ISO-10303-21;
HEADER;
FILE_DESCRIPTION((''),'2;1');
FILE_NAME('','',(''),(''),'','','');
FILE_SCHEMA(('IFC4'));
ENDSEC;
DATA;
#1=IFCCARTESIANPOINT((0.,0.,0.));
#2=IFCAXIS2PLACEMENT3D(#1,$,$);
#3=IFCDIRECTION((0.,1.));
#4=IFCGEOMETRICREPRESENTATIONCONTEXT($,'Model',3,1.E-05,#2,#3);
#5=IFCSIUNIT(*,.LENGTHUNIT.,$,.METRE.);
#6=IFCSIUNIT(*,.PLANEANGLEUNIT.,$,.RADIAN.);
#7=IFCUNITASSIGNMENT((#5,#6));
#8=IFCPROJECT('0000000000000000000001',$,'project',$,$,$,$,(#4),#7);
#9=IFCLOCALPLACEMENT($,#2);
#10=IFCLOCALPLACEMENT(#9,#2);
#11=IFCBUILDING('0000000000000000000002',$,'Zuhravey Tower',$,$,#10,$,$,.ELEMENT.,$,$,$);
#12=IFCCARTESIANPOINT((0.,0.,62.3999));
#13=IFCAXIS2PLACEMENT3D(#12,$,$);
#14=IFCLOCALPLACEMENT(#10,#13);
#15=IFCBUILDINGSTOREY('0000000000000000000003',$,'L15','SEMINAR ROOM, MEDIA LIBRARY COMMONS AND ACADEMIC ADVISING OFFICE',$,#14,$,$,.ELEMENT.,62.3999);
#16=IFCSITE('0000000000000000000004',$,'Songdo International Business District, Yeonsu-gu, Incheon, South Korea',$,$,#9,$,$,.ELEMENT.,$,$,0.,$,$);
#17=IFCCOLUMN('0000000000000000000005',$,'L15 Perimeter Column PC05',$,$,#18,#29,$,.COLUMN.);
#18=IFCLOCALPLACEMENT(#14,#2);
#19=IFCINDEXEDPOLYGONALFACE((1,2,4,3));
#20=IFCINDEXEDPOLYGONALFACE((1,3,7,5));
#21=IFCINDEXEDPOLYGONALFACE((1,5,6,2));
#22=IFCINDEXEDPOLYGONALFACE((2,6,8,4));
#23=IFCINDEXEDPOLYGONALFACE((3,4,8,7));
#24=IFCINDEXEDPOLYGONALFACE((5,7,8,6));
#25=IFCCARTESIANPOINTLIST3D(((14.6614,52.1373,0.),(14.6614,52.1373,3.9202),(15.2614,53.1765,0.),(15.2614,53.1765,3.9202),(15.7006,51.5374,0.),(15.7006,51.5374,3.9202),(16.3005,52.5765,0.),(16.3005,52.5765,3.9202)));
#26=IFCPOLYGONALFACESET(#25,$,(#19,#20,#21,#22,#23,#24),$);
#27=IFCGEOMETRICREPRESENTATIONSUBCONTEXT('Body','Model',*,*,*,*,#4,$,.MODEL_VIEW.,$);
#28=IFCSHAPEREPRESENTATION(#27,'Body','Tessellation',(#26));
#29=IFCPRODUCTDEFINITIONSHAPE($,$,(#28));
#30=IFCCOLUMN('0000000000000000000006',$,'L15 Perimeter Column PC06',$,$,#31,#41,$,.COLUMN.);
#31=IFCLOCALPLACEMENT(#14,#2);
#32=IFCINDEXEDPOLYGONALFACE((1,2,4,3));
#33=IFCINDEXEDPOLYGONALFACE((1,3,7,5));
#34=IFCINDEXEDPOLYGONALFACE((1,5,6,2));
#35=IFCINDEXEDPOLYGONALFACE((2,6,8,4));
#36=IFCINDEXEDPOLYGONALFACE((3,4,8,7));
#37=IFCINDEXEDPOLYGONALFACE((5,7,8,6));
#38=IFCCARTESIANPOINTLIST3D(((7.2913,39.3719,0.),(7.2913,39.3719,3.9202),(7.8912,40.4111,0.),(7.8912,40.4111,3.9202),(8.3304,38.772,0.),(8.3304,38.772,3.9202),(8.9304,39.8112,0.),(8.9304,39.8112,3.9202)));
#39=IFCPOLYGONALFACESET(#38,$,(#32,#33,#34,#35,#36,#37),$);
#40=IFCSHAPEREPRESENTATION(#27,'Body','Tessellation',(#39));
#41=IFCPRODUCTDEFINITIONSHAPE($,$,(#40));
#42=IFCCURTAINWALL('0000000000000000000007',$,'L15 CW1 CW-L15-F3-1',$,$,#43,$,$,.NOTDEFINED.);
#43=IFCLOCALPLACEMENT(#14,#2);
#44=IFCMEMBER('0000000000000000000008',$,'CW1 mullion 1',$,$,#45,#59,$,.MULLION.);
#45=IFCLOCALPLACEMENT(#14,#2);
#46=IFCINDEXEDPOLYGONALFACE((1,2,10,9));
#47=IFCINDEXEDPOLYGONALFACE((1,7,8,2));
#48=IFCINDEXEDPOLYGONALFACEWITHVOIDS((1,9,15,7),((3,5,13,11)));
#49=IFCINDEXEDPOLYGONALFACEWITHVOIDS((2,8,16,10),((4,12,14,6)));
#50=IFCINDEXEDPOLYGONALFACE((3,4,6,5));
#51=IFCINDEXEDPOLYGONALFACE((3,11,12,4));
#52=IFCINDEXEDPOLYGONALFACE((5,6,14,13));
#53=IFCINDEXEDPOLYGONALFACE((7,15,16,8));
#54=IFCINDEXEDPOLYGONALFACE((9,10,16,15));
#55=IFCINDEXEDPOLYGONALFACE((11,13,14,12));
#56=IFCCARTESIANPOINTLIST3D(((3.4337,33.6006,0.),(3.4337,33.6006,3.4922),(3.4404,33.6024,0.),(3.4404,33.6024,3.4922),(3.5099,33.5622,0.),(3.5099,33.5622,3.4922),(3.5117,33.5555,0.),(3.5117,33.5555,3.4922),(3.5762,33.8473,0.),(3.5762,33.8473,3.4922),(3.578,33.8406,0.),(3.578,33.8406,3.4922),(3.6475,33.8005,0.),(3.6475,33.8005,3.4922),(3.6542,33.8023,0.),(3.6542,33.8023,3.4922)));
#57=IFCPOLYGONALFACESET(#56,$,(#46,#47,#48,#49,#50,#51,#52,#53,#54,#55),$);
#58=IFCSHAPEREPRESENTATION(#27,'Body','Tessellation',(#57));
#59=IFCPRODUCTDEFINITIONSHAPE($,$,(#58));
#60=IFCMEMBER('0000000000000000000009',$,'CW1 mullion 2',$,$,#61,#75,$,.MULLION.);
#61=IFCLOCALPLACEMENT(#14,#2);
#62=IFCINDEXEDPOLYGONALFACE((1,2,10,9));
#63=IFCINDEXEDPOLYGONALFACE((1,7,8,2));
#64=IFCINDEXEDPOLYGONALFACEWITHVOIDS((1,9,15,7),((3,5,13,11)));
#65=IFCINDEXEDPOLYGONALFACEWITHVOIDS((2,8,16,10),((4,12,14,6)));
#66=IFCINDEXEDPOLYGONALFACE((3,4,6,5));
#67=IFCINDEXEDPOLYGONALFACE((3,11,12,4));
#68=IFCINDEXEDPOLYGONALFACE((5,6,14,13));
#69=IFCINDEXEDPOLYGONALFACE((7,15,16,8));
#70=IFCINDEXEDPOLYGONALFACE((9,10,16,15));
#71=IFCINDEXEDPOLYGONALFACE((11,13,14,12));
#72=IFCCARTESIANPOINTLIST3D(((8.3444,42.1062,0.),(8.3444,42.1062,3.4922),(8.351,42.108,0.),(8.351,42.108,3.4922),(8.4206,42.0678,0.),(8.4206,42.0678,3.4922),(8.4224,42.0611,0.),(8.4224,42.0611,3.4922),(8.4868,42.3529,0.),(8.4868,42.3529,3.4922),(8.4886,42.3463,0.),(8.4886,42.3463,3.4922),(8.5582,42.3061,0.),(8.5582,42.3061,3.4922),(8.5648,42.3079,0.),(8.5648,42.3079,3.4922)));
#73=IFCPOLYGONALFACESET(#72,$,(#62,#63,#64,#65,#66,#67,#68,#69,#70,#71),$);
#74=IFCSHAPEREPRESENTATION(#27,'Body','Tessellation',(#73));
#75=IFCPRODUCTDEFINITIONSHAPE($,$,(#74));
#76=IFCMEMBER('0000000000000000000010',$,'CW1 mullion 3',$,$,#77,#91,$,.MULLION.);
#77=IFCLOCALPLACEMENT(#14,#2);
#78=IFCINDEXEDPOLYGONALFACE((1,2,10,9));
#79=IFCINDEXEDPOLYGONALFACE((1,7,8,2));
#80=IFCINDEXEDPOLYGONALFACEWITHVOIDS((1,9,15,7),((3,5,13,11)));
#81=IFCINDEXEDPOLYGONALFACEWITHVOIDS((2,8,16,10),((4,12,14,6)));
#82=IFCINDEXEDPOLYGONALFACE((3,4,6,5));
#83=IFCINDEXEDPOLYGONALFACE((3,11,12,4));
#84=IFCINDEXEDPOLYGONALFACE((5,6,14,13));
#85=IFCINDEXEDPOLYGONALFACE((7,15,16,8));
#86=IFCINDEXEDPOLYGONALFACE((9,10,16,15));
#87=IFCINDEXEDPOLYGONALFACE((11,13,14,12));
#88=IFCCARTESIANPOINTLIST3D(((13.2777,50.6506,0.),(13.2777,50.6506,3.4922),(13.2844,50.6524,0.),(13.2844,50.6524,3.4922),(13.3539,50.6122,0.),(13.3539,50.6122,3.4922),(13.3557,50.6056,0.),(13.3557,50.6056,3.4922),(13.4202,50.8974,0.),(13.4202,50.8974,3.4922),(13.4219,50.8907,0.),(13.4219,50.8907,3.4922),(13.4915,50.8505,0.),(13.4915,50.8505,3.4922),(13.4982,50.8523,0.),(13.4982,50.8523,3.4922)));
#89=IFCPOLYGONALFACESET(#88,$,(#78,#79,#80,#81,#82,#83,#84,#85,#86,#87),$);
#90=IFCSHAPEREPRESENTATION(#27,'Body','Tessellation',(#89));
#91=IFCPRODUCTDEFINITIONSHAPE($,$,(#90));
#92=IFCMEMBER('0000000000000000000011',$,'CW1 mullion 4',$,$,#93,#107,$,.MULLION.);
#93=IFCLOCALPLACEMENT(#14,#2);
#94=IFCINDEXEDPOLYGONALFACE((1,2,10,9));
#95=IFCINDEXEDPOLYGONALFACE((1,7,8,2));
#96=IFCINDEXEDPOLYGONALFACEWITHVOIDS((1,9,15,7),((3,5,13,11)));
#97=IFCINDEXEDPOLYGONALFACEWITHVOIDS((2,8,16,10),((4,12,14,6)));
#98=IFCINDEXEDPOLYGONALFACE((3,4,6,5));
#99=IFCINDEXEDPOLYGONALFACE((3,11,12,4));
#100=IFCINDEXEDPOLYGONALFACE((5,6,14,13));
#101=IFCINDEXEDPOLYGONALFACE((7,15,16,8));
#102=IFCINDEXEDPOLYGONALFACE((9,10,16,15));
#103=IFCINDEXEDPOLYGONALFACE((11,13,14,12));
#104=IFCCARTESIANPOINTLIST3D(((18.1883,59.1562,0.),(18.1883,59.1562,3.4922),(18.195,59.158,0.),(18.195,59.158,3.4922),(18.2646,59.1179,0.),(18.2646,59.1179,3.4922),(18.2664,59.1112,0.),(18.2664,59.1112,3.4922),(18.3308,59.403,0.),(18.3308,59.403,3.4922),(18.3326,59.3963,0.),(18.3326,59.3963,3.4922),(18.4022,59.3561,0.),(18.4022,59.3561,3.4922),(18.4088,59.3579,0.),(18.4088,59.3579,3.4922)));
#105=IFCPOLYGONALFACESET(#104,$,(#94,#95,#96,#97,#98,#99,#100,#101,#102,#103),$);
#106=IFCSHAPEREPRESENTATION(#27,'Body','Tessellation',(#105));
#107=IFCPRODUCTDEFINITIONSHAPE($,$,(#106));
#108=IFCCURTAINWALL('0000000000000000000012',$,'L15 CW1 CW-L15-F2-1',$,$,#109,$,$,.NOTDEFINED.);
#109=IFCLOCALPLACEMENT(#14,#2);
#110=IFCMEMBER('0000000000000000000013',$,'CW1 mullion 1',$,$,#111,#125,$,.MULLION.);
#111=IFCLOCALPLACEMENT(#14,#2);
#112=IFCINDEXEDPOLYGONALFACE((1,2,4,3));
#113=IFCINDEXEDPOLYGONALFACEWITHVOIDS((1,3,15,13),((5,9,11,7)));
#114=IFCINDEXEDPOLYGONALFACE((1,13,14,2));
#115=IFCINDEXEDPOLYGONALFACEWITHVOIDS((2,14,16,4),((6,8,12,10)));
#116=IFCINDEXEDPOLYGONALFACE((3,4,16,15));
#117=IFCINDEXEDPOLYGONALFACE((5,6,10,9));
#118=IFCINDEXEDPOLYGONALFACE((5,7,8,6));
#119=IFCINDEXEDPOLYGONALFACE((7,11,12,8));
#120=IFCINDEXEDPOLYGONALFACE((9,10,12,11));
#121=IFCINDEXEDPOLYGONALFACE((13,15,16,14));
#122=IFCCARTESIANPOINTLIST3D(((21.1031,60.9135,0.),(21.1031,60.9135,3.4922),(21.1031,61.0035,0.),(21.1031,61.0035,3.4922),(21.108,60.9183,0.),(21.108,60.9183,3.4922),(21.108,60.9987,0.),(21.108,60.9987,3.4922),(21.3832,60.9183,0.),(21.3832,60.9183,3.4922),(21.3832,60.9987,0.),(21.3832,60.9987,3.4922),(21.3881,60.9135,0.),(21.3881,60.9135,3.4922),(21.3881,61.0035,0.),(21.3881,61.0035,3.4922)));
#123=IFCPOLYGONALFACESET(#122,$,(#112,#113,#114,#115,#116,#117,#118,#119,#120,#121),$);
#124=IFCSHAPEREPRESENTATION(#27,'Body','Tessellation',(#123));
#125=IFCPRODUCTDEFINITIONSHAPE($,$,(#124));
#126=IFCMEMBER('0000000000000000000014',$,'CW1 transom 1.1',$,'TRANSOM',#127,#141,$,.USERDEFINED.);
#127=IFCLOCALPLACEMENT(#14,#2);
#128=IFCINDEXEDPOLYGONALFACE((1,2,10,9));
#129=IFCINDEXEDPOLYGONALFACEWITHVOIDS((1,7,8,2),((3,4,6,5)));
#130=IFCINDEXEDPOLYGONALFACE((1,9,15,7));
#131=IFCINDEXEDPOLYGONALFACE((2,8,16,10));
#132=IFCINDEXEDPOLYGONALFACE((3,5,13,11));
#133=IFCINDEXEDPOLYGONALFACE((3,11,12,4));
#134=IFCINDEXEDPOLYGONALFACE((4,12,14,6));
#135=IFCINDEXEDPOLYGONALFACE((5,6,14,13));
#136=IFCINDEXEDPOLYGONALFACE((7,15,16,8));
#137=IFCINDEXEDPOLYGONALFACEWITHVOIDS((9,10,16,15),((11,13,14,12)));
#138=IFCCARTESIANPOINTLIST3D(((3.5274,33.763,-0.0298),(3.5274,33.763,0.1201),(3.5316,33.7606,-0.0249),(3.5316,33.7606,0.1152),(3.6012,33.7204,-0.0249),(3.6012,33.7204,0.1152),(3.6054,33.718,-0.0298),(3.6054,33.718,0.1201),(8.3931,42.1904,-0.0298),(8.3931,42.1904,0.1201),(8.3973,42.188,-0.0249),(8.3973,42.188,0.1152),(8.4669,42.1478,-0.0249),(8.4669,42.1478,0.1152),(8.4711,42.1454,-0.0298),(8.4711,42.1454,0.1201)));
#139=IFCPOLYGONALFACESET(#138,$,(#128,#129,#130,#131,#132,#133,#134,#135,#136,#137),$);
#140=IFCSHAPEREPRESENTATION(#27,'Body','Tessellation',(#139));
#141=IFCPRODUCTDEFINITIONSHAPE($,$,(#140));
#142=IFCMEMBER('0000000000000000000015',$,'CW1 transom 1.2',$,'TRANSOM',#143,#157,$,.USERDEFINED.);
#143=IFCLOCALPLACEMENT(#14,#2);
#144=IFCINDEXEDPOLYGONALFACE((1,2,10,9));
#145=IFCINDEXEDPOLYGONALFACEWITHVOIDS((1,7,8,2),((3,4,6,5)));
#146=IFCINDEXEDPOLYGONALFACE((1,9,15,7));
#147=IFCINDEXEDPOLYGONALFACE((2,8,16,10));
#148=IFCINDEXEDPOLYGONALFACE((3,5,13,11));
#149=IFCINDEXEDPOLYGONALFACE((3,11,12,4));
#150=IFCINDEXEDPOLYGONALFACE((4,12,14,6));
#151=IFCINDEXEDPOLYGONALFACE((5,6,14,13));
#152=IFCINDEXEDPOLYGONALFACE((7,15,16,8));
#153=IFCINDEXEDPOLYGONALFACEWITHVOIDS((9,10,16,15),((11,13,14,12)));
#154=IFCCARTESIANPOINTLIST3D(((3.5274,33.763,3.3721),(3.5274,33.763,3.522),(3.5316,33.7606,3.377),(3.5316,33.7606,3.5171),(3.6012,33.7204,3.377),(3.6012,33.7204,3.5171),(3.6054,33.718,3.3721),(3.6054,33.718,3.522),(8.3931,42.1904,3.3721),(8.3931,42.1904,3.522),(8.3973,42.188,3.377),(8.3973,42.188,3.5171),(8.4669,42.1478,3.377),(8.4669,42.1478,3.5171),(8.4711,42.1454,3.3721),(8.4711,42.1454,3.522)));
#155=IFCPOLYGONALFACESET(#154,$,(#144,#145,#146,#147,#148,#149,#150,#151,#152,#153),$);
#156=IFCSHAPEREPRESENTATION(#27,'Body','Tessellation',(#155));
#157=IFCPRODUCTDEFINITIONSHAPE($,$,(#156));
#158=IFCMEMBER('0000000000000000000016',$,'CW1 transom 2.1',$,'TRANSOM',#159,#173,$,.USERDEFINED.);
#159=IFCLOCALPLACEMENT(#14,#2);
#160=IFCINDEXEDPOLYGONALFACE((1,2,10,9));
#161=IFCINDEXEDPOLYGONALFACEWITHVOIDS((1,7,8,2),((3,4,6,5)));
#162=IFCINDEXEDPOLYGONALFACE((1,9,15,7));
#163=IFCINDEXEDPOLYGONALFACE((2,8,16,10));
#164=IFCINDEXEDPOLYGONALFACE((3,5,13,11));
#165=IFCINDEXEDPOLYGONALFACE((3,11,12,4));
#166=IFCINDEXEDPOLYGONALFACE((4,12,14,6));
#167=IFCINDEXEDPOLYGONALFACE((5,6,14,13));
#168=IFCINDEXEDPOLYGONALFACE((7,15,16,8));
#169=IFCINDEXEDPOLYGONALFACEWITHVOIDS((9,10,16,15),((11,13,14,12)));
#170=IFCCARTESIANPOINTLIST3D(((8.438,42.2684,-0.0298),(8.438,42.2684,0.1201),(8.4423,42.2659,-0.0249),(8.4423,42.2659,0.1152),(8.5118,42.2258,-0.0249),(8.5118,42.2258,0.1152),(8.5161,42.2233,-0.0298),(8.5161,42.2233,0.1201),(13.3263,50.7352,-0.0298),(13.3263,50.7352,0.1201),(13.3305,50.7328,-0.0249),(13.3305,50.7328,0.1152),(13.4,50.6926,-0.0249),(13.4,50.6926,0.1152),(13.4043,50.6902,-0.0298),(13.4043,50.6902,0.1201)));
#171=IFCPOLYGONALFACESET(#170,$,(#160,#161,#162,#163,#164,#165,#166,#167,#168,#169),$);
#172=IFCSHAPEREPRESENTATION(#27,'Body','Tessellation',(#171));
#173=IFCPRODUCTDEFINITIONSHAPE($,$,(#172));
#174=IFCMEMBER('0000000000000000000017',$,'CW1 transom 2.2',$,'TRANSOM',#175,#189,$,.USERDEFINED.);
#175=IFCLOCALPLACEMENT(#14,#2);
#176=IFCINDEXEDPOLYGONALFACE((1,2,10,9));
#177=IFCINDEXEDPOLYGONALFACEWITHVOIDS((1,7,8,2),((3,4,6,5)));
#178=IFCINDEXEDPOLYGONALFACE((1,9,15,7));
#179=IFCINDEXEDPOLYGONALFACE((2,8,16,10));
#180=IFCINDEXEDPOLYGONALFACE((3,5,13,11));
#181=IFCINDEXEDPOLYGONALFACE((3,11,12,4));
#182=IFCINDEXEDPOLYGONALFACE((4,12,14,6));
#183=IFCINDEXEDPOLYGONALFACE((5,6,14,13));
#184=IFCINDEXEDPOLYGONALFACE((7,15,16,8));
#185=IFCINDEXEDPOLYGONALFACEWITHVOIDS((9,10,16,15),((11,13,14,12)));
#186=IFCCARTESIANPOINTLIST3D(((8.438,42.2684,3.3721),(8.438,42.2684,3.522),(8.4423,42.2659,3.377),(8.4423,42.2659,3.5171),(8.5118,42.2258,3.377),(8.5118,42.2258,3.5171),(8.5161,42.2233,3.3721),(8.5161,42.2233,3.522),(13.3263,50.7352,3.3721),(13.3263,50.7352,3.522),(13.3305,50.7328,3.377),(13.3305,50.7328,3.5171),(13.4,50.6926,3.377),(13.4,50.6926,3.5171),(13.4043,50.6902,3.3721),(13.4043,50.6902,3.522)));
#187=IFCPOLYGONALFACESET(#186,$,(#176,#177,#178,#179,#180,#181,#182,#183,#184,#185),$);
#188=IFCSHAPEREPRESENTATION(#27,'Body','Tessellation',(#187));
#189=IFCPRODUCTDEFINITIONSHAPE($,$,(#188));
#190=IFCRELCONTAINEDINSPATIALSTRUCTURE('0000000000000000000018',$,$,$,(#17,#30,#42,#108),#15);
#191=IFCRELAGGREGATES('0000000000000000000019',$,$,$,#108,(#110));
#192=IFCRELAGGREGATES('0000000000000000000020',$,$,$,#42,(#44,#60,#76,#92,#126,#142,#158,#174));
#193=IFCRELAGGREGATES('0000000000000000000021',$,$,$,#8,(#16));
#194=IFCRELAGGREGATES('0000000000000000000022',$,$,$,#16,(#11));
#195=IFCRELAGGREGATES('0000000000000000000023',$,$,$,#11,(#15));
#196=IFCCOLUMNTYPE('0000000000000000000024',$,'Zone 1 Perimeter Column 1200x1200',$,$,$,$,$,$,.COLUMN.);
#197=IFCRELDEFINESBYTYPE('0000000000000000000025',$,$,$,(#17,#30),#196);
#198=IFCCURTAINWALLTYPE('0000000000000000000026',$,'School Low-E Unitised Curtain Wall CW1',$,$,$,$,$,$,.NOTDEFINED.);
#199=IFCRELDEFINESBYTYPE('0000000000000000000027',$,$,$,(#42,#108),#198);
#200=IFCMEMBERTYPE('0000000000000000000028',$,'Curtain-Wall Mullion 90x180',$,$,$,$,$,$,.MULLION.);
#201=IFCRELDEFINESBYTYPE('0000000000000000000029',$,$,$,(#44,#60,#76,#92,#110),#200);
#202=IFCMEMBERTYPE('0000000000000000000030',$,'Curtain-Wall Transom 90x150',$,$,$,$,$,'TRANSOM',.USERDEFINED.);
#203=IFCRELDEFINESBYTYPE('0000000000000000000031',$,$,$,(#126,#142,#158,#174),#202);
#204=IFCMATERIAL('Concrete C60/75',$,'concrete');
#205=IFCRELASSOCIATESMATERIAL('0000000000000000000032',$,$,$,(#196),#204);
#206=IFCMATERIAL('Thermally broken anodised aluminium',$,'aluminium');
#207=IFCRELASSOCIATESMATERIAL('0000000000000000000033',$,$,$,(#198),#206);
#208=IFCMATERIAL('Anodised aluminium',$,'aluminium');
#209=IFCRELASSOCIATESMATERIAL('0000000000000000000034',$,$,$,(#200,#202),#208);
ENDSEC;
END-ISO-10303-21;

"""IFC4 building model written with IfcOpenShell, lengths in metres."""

from ifc_helpers import new_model, si_unit, direction, frame, origin, origin_2d, place, context, subcontext, project, spatial, rectangle, hollow_rectangle, extrude, material, material_profile, profile_set, type_object, element, aggregate, save


model = new_model("IFC4")

# Units and contexts
model_context = context("Model", 3, precision=1e-05, world=origin(), true_north=direction((0.0, 1.0)))
body_context = subcontext(model_context, "Body", "Model", "MODEL_VIEW")
ifc_project = project(units=[si_unit("LENGTHUNIT", "METRE"), si_unit("PLANEANGLEUNIT", "RADIAN")], contexts=[model_context])

# Site, building, storey
site_placement = place(None, origin())
site = spatial("IfcSite", under=ifc_project, at=site_placement, Name="Songdo International Business District, Yeonsu-gu, Incheon, South Korea", CompositionType="ELEMENT", RefElevation=0.0)
building_placement = place(site_placement, origin())
building = spatial("IfcBuilding", under=site, at=building_placement, Name="Zuhravey Tower", CompositionType="ELEMENT")
storey_placement = place(building_placement, frame((0.0, 0.0, 62.3999)))
storey = spatial("IfcBuildingStorey", under=building, at=storey_placement, Name="L15", Description="SEMINAR ROOM, MEDIA LIBRARY COMMONS AND ACADEMIC ADVISING OFFICE", CompositionType="ELEMENT", Elevation=62.3999)

# Columns
ifc_material_1 = material(Name="Concrete C60/75", Category="concrete")
ifc_material_profile_1 = material_profile(ifc_material_1, rectangle(XDim=1.2, YDim=1.2, at=origin_2d()), Name="RC-1200x1200")
ifc_profile_set_1 = profile_set([ifc_material_profile_1], Name="Concrete C60/75")
column_type = type_object("IfcColumnType", Name="Zone 1 Perimeter Column 1200x1200", PredefinedType="COLUMN", material=ifc_profile_set_1)
for number, where, z_axis, x_axis, name in (
    (1, (15.481, 52.3569, 0.0), (0.0, 0.0, 1.0), (-0.5, -0.866025, 0.0), "L15 Perimeter Column PC05"),
    (2, (8.1108, 39.5916, 0.0), (0.0, 0.0, 1.0), (-0.5, -0.866025, 0.0), "L15 Perimeter Column PC06"),
):
    element("IfcColumn", number, at=place(storey_placement, frame(where, z_axis=z_axis, x_axis=x_axis)), inside=storey, type_object=column_type, Name=name, PredefinedType="COLUMN", context=body_context, shape_type="SweptSolid", body=[
        extrude(rectangle(XDim=1.2, YDim=1.2, at=origin_2d()), origin(), (0.0, 0.0, 1.0), 3.9202),
    ])

# Curtain wall, members
ifc_material_2 = material(Name="Thermally broken anodised aluminium", Category="aluminium")
curtain_wall_type = type_object("IfcCurtainWallType", Name="School Low-E Unitised Curtain Wall CW1", PredefinedType="NOTDEFINED", material=ifc_material_2)
curtain_wall_1_placement = place(storey_placement, origin())
curtain_wall_1 = element("IfcCurtainWall", 3, at=curtain_wall_1_placement, inside=storey, type_object=curtain_wall_type, Name="L15 CW1 CW-L15-F3-1", PredefinedType="NOTDEFINED")
ifc_material_3 = material(Name="Anodised aluminium", Category="aluminium")
ifc_material_profile_2 = material_profile(ifc_material_3, hollow_rectangle(XDim=0.0901, YDim=0.2849, WallThickness=0.0049, at=origin_2d()), Name="ALU-RHS-90x285x5")
ifc_profile_set_2 = profile_set([ifc_material_profile_2], Name="Anodised aluminium")
member_type_1 = type_object("IfcMemberType", Name="Curtain-Wall Mullion 90x180", PredefinedType="MULLION", material=ifc_profile_set_2)
member_1_placement = place(storey_placement, frame((3.5439, 33.7014, 0.0), z_axis=(0.0, 0.0, 1.0), x_axis=(-0.866026, 0.5, 0.0)))
member_1 = element("IfcMember", 4, at=member_1_placement, type_object=member_type_1, Name="CW1 mullion 1", PredefinedType="MULLION", context=body_context, shape_type="SweptSolid", body=[
    extrude(hollow_rectangle(XDim=0.0901, YDim=0.2849, WallThickness=0.0049, at=origin_2d()), origin(), (0.0, 0.0, 1.0), 3.4922),
])
member_2_placement = place(storey_placement, frame((8.4546, 42.207, 0.0), z_axis=(0.0, 0.0, 1.0), x_axis=(-0.866026, 0.5, 0.0)))
member_2 = element("IfcMember", 5, at=member_2_placement, type_object=member_type_1, Name="CW1 mullion 2", PredefinedType="MULLION", context=body_context, shape_type="SweptSolid", body=[
    extrude(hollow_rectangle(XDim=0.0901, YDim=0.2849, WallThickness=0.0049, at=origin_2d()), origin(), (0.0, 0.0, 1.0), 3.4922),
])
member_3_placement = place(storey_placement, frame((13.3879, 50.7515, 0.0), z_axis=(0.0, 0.0, 1.0), x_axis=(-0.866026, 0.5, 0.0)))
member_3 = element("IfcMember", 6, at=member_3_placement, type_object=member_type_1, Name="CW1 mullion 3", PredefinedType="MULLION", context=body_context, shape_type="SweptSolid", body=[
    extrude(hollow_rectangle(XDim=0.0901, YDim=0.2849, WallThickness=0.0049, at=origin_2d()), origin(), (0.0, 0.0, 1.0), 3.4922),
])
member_4_placement = place(storey_placement, frame((18.2986, 59.2571, 0.0), z_axis=(0.0, 0.0, 1.0), x_axis=(-0.866026, 0.5, 0.0)))
member_4 = element("IfcMember", 7, at=member_4_placement, type_object=member_type_1, Name="CW1 mullion 4", PredefinedType="MULLION", context=body_context, shape_type="SweptSolid", body=[
    extrude(hollow_rectangle(XDim=0.0901, YDim=0.2849, WallThickness=0.0049, at=origin_2d()), origin(), (0.0, 0.0, 1.0), 3.4922),
])

# Curtain wall, member
curtain_wall_2_placement = place(storey_placement, origin())
curtain_wall_2 = element("IfcCurtainWall", 8, at=curtain_wall_2_placement, inside=storey, type_object=curtain_wall_type, Name="L15 CW1 CW-L15-F2-1", PredefinedType="NOTDEFINED")
member_5_placement = place(storey_placement, frame((21.2456, 60.9585, 0.0), z_axis=(0.0, 0.0, 1.0), x_axis=(0.0, 1.0, 0.0)))
member_5 = element("IfcMember", 9, at=member_5_placement, type_object=member_type_1, Name="CW1 mullion 1", PredefinedType="MULLION", context=body_context, shape_type="SweptSolid", body=[
    extrude(hollow_rectangle(XDim=0.0901, YDim=0.2849, WallThickness=0.0049, at=origin_2d()), origin(), (0.0, 0.0, 1.0), 3.4922),
])

# Members
ifc_material_profile_3 = material_profile(ifc_material_3, hollow_rectangle(XDim=0.0901, YDim=0.1499, WallThickness=0.0049, at=origin_2d()), Name="ALU-RHS-90x150x5")
ifc_profile_set_3 = profile_set([ifc_material_profile_3], Name="Anodised aluminium")
member_type_2 = type_object("IfcMemberType", Name="Curtain-Wall Transom 90x150", ElementType="TRANSOM", PredefinedType="USERDEFINED", material=ifc_profile_set_3)
member_6_placement = place(storey_placement, frame((3.5664, 33.7405, 0.0452), z_axis=(0.500008, 0.866021, 0.0), x_axis=(-0.866021, 0.500008, 0.0)))
member_6 = element("IfcMember", 10, at=member_6_placement, type_object=member_type_2, Name="CW1 transom 1.1", ObjectType="TRANSOM", PredefinedType="USERDEFINED", context=body_context, shape_type="SweptSolid", body=[
    extrude(hollow_rectangle(XDim=0.0901, YDim=0.1499, WallThickness=0.0049, at=origin_2d()), origin(), (0.0, 0.0, 1.0), 9.7312),
])
member_7_placement = place(storey_placement, frame((3.5664, 33.7405, 3.447), z_axis=(0.500008, 0.866021, 0.0), x_axis=(-0.866021, 0.500008, 0.0)))
member_7 = element("IfcMember", 11, at=member_7_placement, type_object=member_type_2, Name="CW1 transom 1.2", ObjectType="TRANSOM", PredefinedType="USERDEFINED", context=body_context, shape_type="SweptSolid", body=[
    extrude(hollow_rectangle(XDim=0.0901, YDim=0.1499, WallThickness=0.0049, at=origin_2d()), origin(), (0.0, 0.0, 1.0), 9.7312),
])
member_8_placement = place(storey_placement, frame((8.4771, 42.2458, 0.0452), z_axis=(0.49999, 0.866031, 0.0), x_axis=(-0.866031, 0.49999, 0.0)))
member_8 = element("IfcMember", 12, at=member_8_placement, type_object=member_type_2, Name="CW1 transom 2.1", ObjectType="TRANSOM", PredefinedType="USERDEFINED", context=body_context, shape_type="SweptSolid", body=[
    extrude(hollow_rectangle(XDim=0.0901, YDim=0.1499, WallThickness=0.0049, at=origin_2d()), origin(), (0.0, 0.0, 1.0), 9.7766),
])
member_9_placement = place(storey_placement, frame((8.4771, 42.2458, 3.447), z_axis=(0.49999, 0.866031, 0.0), x_axis=(-0.866031, 0.49999, 0.0)))
member_9 = element("IfcMember", 13, at=member_9_placement, type_object=member_type_2, Name="CW1 transom 2.2", ObjectType="TRANSOM", PredefinedType="USERDEFINED", context=body_context, shape_type="SweptSolid", body=[
    extrude(hollow_rectangle(XDim=0.0901, YDim=0.1499, WallThickness=0.0049, at=origin_2d()), origin(), (0.0, 0.0, 1.0), 9.7766),
])
aggregate(curtain_wall_2, [member_5])

aggregate(curtain_wall_1, [member_1, member_2, member_3, member_4, member_6, member_7, member_8, member_9])

save(model, "model.ifc")
